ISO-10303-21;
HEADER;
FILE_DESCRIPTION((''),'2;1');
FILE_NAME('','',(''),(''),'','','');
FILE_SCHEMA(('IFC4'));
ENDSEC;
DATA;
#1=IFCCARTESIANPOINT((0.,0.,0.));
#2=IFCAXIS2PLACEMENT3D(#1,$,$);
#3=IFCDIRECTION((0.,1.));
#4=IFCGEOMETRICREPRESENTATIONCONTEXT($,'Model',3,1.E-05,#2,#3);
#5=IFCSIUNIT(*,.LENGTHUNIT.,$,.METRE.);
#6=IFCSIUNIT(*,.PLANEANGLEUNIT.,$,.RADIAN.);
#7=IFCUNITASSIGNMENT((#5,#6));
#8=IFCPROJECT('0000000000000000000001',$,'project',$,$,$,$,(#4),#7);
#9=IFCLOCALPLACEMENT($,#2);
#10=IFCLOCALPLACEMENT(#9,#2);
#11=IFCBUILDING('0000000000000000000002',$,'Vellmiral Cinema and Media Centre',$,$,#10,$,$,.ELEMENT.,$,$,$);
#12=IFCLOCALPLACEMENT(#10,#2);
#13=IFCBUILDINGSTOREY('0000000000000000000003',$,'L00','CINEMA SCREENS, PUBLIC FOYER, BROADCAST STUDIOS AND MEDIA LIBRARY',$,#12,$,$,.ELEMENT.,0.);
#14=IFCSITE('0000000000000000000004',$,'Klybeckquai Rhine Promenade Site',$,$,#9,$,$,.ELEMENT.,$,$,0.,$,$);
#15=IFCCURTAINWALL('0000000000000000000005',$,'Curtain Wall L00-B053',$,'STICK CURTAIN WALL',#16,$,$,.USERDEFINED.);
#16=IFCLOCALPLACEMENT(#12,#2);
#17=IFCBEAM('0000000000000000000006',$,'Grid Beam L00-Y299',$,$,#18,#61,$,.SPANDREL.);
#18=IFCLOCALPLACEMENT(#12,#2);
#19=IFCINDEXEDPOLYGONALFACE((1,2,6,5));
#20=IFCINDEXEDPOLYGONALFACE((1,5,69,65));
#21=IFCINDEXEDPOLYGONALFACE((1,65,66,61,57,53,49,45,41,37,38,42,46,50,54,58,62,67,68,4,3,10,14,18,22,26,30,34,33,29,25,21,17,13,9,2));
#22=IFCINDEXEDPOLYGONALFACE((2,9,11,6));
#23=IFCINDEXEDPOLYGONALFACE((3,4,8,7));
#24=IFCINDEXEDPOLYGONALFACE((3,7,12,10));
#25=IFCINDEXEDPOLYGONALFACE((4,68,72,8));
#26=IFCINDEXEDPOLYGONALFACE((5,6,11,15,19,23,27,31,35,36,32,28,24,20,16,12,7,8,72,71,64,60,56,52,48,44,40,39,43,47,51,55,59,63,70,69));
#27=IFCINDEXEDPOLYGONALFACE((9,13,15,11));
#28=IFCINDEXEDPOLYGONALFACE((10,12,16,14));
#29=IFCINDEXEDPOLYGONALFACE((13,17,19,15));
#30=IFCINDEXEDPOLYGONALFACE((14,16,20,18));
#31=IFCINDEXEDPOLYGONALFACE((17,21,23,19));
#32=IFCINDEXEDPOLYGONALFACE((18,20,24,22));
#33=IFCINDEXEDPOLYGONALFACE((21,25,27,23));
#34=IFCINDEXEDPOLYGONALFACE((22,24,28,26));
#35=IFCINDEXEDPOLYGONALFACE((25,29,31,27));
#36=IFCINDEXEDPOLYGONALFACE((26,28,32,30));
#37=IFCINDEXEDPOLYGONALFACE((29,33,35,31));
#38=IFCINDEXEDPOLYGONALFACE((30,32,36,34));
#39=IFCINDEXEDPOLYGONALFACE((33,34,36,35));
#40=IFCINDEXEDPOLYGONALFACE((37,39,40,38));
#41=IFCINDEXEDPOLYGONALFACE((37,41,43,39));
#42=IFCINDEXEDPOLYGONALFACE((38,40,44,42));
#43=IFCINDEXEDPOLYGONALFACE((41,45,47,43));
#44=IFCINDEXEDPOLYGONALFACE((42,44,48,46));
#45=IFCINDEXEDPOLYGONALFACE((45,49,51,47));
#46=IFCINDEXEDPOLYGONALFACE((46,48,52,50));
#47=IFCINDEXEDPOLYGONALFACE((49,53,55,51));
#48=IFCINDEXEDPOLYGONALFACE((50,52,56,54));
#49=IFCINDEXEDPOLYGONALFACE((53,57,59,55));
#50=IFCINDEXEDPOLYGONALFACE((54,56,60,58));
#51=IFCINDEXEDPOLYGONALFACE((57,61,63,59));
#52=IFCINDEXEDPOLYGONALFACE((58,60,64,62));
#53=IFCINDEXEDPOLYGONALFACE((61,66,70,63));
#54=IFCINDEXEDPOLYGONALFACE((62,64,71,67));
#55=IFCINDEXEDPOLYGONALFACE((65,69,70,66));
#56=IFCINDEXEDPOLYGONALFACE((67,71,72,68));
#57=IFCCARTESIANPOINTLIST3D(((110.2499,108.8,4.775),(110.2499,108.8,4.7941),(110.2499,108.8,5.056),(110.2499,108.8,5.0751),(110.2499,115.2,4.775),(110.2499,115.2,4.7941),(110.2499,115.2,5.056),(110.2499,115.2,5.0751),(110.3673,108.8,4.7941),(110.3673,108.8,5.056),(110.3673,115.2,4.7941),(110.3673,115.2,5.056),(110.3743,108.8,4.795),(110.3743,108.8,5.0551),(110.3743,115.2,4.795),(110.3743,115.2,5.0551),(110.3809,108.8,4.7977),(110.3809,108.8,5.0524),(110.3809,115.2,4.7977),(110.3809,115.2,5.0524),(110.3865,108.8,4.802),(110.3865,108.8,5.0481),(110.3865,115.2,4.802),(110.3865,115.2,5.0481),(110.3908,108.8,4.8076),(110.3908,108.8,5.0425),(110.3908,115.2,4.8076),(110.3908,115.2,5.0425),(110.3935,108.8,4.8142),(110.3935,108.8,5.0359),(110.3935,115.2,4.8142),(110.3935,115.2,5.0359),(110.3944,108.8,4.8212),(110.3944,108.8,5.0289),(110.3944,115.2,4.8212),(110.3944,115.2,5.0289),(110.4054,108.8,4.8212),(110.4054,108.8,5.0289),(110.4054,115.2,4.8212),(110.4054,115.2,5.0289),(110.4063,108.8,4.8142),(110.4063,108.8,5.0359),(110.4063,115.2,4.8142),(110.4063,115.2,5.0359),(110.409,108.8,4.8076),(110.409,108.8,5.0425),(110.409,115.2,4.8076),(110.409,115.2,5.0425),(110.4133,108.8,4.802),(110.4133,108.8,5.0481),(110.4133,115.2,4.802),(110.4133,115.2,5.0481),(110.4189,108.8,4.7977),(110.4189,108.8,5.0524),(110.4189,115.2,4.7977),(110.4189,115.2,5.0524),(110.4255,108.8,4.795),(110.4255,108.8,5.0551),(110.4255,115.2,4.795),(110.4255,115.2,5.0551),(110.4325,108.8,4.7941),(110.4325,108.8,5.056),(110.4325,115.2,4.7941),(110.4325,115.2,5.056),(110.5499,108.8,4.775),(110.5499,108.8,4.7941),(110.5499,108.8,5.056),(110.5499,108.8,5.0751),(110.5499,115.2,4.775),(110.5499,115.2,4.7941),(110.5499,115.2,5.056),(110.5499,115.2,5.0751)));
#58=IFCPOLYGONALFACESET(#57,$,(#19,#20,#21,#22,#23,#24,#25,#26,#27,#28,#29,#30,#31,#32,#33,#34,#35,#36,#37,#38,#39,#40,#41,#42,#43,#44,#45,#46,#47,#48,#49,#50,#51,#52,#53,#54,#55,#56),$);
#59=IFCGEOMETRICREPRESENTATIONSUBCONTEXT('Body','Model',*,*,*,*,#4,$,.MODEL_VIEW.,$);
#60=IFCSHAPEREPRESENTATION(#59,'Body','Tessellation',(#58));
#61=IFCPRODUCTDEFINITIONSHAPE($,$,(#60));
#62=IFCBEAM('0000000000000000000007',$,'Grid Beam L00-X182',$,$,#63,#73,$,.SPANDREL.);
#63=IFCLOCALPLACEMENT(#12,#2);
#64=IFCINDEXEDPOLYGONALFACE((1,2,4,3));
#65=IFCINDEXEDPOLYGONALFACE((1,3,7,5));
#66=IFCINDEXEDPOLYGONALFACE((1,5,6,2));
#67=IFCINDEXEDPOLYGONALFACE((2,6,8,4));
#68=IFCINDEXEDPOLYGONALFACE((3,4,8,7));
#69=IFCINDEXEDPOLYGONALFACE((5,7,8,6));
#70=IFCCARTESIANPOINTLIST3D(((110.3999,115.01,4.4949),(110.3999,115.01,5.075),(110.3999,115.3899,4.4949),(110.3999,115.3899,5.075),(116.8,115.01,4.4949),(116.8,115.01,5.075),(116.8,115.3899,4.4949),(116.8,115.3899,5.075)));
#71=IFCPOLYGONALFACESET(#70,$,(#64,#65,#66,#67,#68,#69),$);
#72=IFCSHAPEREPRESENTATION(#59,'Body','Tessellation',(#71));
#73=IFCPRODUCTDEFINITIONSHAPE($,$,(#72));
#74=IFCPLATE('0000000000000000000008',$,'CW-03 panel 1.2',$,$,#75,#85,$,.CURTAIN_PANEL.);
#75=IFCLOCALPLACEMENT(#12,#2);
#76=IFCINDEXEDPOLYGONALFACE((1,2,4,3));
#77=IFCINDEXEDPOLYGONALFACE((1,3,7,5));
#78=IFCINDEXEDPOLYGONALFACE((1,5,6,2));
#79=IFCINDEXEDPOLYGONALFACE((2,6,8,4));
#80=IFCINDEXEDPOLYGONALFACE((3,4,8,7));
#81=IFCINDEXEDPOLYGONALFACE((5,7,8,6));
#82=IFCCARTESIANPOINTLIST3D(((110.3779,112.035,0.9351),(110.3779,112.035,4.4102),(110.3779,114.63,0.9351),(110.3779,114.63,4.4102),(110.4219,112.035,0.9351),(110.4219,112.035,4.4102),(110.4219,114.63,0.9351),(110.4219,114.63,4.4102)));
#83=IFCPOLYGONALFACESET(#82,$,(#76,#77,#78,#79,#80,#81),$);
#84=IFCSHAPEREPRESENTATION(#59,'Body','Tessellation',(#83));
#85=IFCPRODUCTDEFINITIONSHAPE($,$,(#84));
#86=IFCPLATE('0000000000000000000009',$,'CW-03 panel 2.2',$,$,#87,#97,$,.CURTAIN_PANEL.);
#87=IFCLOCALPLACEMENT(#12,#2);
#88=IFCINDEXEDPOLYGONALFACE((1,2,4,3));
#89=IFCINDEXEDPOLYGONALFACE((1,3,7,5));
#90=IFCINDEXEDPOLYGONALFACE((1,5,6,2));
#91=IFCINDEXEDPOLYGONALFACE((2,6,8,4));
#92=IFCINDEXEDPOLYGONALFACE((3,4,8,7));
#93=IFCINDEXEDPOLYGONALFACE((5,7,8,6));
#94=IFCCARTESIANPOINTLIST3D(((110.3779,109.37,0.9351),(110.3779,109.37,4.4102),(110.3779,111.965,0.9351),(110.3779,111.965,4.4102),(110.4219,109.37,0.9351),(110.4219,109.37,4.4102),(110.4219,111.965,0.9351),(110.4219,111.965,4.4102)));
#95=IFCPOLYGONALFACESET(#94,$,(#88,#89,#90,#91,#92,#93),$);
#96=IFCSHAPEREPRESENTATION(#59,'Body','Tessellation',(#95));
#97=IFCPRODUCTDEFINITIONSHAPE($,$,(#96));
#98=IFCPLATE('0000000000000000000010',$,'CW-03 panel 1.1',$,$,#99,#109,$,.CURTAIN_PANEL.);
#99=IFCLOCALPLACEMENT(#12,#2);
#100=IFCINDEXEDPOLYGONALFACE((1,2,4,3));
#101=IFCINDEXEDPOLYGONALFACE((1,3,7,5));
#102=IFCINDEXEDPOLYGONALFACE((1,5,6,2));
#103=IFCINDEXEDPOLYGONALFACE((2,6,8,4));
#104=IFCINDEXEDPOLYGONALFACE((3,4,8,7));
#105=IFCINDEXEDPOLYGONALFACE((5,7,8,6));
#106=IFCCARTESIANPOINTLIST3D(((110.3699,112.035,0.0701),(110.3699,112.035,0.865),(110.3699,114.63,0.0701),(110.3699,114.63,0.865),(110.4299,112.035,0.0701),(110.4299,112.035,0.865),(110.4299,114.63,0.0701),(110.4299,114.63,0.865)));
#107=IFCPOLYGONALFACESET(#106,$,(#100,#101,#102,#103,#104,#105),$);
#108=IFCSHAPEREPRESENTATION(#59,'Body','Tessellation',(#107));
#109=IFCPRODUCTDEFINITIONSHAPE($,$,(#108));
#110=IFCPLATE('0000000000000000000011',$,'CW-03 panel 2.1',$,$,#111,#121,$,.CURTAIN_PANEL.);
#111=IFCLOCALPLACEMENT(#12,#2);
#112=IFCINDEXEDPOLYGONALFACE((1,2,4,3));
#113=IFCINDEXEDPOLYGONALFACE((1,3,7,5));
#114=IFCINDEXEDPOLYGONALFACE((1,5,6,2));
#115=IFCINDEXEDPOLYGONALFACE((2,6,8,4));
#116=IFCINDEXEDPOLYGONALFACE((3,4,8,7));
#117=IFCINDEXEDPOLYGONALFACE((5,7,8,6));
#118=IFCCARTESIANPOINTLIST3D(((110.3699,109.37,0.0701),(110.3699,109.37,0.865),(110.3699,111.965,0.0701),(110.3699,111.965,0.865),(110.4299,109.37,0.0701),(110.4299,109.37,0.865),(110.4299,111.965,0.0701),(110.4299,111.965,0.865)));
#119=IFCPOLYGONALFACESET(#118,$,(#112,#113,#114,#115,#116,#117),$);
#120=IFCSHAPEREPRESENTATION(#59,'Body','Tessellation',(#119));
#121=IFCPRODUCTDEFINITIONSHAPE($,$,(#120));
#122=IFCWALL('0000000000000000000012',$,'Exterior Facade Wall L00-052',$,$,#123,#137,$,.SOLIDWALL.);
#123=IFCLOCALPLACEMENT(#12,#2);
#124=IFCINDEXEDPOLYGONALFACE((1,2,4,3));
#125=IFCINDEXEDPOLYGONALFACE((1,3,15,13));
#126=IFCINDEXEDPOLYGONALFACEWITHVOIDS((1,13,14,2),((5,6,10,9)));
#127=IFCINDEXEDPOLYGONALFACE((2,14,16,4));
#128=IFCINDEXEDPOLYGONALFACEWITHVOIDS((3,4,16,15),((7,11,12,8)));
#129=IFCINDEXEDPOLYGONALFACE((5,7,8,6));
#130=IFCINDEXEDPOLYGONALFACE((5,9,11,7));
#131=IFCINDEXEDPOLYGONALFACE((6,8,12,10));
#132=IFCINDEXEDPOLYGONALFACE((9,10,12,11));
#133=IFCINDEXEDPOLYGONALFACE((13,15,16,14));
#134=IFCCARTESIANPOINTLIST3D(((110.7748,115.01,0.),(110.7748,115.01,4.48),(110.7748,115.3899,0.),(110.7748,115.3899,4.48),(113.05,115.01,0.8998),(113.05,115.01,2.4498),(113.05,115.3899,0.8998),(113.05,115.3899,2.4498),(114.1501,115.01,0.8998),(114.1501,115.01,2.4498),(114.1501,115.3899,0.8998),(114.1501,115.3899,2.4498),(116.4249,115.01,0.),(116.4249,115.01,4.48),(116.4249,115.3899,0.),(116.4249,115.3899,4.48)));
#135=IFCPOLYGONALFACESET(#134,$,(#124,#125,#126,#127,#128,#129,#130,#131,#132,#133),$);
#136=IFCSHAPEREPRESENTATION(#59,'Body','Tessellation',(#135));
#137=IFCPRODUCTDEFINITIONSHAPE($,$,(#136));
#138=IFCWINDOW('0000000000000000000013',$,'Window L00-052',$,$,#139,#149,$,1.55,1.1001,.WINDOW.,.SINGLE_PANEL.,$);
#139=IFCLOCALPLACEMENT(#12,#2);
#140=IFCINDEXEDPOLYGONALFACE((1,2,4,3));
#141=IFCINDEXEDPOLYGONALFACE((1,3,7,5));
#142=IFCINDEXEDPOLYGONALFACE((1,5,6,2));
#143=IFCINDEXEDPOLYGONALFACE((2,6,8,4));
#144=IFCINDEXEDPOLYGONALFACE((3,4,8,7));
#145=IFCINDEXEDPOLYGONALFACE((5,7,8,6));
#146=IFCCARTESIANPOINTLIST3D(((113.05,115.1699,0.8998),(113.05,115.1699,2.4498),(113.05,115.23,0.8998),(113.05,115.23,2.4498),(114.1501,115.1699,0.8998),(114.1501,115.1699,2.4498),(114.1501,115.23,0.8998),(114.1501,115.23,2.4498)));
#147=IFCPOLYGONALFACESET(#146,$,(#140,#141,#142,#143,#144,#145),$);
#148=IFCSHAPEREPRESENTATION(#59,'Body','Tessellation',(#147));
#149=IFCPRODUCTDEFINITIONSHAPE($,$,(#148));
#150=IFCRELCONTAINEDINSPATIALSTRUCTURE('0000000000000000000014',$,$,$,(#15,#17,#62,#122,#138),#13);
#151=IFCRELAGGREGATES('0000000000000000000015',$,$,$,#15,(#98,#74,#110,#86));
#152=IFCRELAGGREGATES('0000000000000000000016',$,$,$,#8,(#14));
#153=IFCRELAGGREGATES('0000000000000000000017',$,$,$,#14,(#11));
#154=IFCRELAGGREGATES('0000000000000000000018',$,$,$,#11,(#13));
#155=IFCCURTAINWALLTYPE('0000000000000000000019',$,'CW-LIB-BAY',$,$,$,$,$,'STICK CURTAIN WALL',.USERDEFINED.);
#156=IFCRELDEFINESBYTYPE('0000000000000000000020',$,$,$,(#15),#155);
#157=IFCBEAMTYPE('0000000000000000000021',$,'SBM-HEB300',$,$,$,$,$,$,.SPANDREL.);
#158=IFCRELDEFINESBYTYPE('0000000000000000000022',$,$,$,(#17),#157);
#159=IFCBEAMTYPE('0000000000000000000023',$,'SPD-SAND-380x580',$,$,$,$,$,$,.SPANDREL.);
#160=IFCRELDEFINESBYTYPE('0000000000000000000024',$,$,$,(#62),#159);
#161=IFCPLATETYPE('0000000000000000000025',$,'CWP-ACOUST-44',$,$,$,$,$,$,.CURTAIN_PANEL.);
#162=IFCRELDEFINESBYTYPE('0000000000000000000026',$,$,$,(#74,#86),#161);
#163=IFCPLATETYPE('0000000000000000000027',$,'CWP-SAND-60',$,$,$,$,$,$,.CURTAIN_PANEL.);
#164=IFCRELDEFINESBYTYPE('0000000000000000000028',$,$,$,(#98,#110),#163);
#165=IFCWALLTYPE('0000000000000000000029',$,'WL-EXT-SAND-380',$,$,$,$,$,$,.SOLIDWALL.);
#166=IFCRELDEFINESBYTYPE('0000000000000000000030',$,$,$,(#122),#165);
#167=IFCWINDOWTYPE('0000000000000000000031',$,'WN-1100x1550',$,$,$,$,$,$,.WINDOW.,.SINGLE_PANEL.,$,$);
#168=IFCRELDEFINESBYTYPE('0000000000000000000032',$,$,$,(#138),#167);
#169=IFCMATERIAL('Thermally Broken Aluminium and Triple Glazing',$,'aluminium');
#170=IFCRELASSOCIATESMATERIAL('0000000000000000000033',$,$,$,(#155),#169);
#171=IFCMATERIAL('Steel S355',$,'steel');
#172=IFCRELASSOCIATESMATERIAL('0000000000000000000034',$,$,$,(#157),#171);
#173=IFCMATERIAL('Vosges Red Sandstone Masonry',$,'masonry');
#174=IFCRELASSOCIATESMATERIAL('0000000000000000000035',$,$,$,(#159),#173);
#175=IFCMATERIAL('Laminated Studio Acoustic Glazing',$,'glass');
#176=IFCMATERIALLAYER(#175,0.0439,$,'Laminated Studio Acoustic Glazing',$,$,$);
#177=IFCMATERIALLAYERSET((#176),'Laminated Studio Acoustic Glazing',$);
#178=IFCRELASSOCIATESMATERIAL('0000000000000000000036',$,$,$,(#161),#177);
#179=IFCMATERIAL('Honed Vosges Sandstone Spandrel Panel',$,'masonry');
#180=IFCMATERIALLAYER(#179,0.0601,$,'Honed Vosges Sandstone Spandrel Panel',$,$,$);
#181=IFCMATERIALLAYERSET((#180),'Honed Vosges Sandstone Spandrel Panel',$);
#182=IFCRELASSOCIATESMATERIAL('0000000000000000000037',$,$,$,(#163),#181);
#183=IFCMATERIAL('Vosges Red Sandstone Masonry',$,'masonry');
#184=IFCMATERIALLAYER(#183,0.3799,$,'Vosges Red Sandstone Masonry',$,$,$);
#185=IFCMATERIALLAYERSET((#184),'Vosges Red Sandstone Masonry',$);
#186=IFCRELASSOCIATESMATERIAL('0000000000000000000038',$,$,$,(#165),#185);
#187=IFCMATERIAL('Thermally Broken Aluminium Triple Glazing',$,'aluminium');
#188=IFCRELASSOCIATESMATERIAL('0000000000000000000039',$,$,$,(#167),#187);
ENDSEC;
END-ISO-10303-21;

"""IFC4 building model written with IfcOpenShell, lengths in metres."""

from ifc_helpers import new_model, si_unit, direction, frame, frame_2d, origin, origin_2d, place, context, subcontext, project, spatial, rectangle, i_section, extrude, material, layer, layer_set, material_profile, profile_set, type_object, element, fill, aggregate, save


model = new_model("IFC4")

# Units and contexts
model_context = context("Model", 3, precision=1e-05, world=origin(), true_north=direction((0.0, 1.0)))
body_context = subcontext(model_context, "Body", "Model", "MODEL_VIEW")
ifc_project = project(units=[si_unit("LENGTHUNIT", "METRE"), si_unit("PLANEANGLEUNIT", "RADIAN")], contexts=[model_context])

# Site, building, storey
site_placement = place(None, origin())
site = spatial("IfcSite", under=ifc_project, at=site_placement, Name="Klybeckquai Rhine Promenade Site", CompositionType="ELEMENT", RefElevation=0.0)
building_placement = place(site_placement, origin())
building = spatial("IfcBuilding", under=site, at=building_placement, Name="Vellmiral Cinema and Media Centre", CompositionType="ELEMENT")
storey_placement = place(building_placement, origin())
storey = spatial("IfcBuildingStorey", under=building, at=storey_placement, Name="L00", Description="CINEMA SCREENS, PUBLIC FOYER, BROADCAST STUDIOS AND MEDIA LIBRARY", CompositionType="ELEMENT", Elevation=0.0)

# Curtain wall
ifc_material_1 = material(Name="Thermally Broken Aluminium and Triple Glazing", Category="aluminium")
curtain_wall_type = type_object("IfcCurtainWallType", Name="CW-LIB-BAY", ElementType="STICK CURTAIN WALL", PredefinedType="USERDEFINED", material=ifc_material_1)
curtain_wall_placement = place(storey_placement, origin())
curtain_wall = element("IfcCurtainWall", 1, at=curtain_wall_placement, inside=storey, type_object=curtain_wall_type, Name="Curtain Wall L00-B053", ObjectType="STICK CURTAIN WALL", PredefinedType="USERDEFINED")

# Beams
ifc_material_2 = material(Name="Steel S355", Category="steel")
ifc_material_profile_1 = material_profile(ifc_material_2, i_section(OverallWidth=0.3, OverallDepth=0.3, WebThickness=0.011, FlangeThickness=0.019, FilletRadius=0.0271, at=origin_2d()), Name="HEB 300")
ifc_profile_set_1 = profile_set([ifc_material_profile_1], Name="Steel S355")
beam_type_1 = type_object("IfcBeamType", Name="SBM-HEB300", PredefinedType="SPANDREL", material=ifc_profile_set_1)
beam_1_placement = place(storey_placement, frame((110.3999, 108.8, 4.925), z_axis=(0.0, 1.0, 0.0), x_axis=(-1.0, 0.0, 0.0)))
element("IfcBeam", 2, at=beam_1_placement, inside=storey, type_object=beam_type_1, Name="Grid Beam L00-Y299", PredefinedType="SPANDREL", context=body_context, shape_type="SweptSolid", body=[
    extrude(i_section(OverallWidth=0.3, OverallDepth=0.3, WebThickness=0.011, FlangeThickness=0.019, FilletRadius=0.0271, at=origin_2d()), origin(), (0.0, 0.0, 1.0), 6.3999),
])
ifc_material_3 = material(Name="Vosges Red Sandstone Masonry", Category="masonry")
ifc_material_profile_2 = material_profile(ifc_material_3, rectangle(XDim=0.3799, YDim=0.5801, at=origin_2d()), Name="SAND 380x580")
ifc_profile_set_2 = profile_set([ifc_material_profile_2], Name="Vosges Red Sandstone Masonry")
beam_type_2 = type_object("IfcBeamType", Name="SPD-SAND-380x580", PredefinedType="SPANDREL", material=ifc_profile_set_2)
beam_2_placement = place(storey_placement, frame((110.3999, 115.2, 4.7849), z_axis=(1.0, 0.0, 0.0), x_axis=(0.0, 1.0, 0.0)))
element("IfcBeam", 3, at=beam_2_placement, inside=storey, type_object=beam_type_2, Name="Grid Beam L00-X182", PredefinedType="SPANDREL", context=body_context, shape_type="SweptSolid", body=[
    extrude(rectangle(XDim=0.3799, YDim=0.5801, at=origin_2d()), origin(), (0.0, 0.0, 1.0), 6.4001),
])

# Plates
ifc_material_4 = material(Name="Laminated Studio Acoustic Glazing", Category="glass")
ifc_layer_1 = layer(ifc_material_4, 0.0439, Name="Laminated Studio Acoustic Glazing")
ifc_layer_set_1 = layer_set([ifc_layer_1], Name="Laminated Studio Acoustic Glazing")
plate_type_1 = type_object("IfcPlateType", Name="CWP-ACOUST-44", PredefinedType="CURTAIN_PANEL", material=ifc_layer_set_1)
plate_1_placement = place(storey_placement, frame((110.3999, 113.3325, 0.9351), z_axis=(0.0, 0.0, 1.0), x_axis=(0.0, -1.0, 0.0)))
plate_1 = element("IfcPlate", 4, at=plate_1_placement, type_object=plate_type_1, Name="CW-03 panel 1.2", PredefinedType="CURTAIN_PANEL", context=body_context, shape_type="SweptSolid", body=[
    extrude(rectangle(XDim=2.595, YDim=0.0439, at=origin_2d()), origin(), (0.0, 0.0, 1.0), 3.4751),
])
plate_2_placement = place(storey_placement, frame((110.3999, 110.6675, 0.9351), z_axis=(0.0, 0.0, 1.0), x_axis=(0.0, -1.0, 0.0)))
plate_2 = element("IfcPlate", 5, at=plate_2_placement, type_object=plate_type_1, Name="CW-03 panel 2.2", PredefinedType="CURTAIN_PANEL", context=body_context, shape_type="SweptSolid", body=[
    extrude(rectangle(XDim=2.595, YDim=0.0439, at=origin_2d()), origin(), (0.0, 0.0, 1.0), 3.4751),
])
ifc_material_5 = material(Name="Honed Vosges Sandstone Spandrel Panel", Category="masonry")
ifc_layer_2 = layer(ifc_material_5, 0.0601, Name="Honed Vosges Sandstone Spandrel Panel")
ifc_layer_set_2 = layer_set([ifc_layer_2], Name="Honed Vosges Sandstone Spandrel Panel")
plate_type_2 = type_object("IfcPlateType", Name="CWP-SAND-60", PredefinedType="CURTAIN_PANEL", material=ifc_layer_set_2)
plate_3_placement = place(storey_placement, frame((110.3999, 113.3325, 0.0701), z_axis=(0.0, 0.0, 1.0), x_axis=(0.0, -1.0, 0.0)))
plate_3 = element("IfcPlate", 6, at=plate_3_placement, type_object=plate_type_2, Name="CW-03 panel 1.1", PredefinedType="CURTAIN_PANEL", context=body_context, shape_type="SweptSolid", body=[
    extrude(rectangle(XDim=2.595, YDim=0.0601, at=origin_2d()), origin(), (0.0, 0.0, 1.0), 0.7949),
])
plate_4_placement = place(storey_placement, frame((110.3999, 110.6675, 0.0701), z_axis=(0.0, 0.0, 1.0), x_axis=(0.0, -1.0, 0.0)))
plate_4 = element("IfcPlate", 7, at=plate_4_placement, type_object=plate_type_2, Name="CW-03 panel 2.1", PredefinedType="CURTAIN_PANEL", context=body_context, shape_type="SweptSolid", body=[
    extrude(rectangle(XDim=2.595, YDim=0.0601, at=origin_2d()), origin(), (0.0, 0.0, 1.0), 0.7949),
])
aggregate(curtain_wall, [plate_3, plate_1, plate_4, plate_2])

# Wall, opening, window
ifc_material_6 = material(Name="Vosges Red Sandstone Masonry", Category="masonry")
ifc_layer_3 = layer(ifc_material_6, 0.3799, Name="Vosges Red Sandstone Masonry")
ifc_layer_set_3 = layer_set([ifc_layer_3], Name="Vosges Red Sandstone Masonry")
wall_type = type_object("IfcWallType", Name="WL-EXT-SAND-380", PredefinedType="SOLIDWALL", material=ifc_layer_set_3)
wall_placement = place(storey_placement, frame((116.425, 115.2, 0.0), z_axis=(0.0, 0.0, 1.0), x_axis=(-1.0, 0.0, 0.0)))
wall = element("IfcWall", 8, at=wall_placement, inside=storey, type_object=wall_type, Name="Exterior Facade Wall L00-052", PredefinedType="SOLIDWALL", context=body_context, shape_type="SweptSolid", body=[
    extrude(rectangle(XDim=5.6501, YDim=0.3799, at=frame_2d((2.8252, 0.0))), origin(), (0.0, 0.0, 1.0), 4.48),
])
opening_placement = place(wall_placement, frame((2.2749, 0.0, 0.8999)))
opening = element("IfcOpeningElement", 9, at=opening_placement, cuts=wall, PredefinedType="OPENING", context=body_context, shape_type="SweptSolid", body=[
    extrude(rectangle(XDim=1.1001, YDim=1.55, at=frame_2d((0.55, 0.7749))), frame((0.0, 0.2019, 0.0), z_axis=(0.0, -1.0, 0.0), x_axis=(1.0, 0.0, 0.0)), (0.0, 0.0, 1.0), 0.4038),
])
ifc_material_7 = material(Name="Thermally Broken Aluminium Triple Glazing", Category="aluminium")
window_type = type_object("IfcWindowType", Name="WN-1100x1550", PartitioningType="SINGLE_PANEL", PredefinedType="WINDOW", material=ifc_material_7)
window_placement = place(opening_placement, origin())
window = element("IfcWindow", 10, at=window_placement, inside=storey, type_object=window_type, Name="Window L00-052", OverallHeight=1.55, OverallWidth=1.1001, PartitioningType="SINGLE_PANEL", PredefinedType="WINDOW", context=body_context, shape_type="SweptSolid", body=[
    extrude(rectangle(XDim=1.1001, YDim=1.55, at=frame_2d((0.55, 0.7749))), frame((0.0, 0.03, 0.0), z_axis=(0.0, -1.0, 0.0), x_axis=(1.0, 0.0, 0.0)), (0.0, 0.0, 1.0), 0.0601),
])
fill(opening, window)

save(model, "model.ifc")
